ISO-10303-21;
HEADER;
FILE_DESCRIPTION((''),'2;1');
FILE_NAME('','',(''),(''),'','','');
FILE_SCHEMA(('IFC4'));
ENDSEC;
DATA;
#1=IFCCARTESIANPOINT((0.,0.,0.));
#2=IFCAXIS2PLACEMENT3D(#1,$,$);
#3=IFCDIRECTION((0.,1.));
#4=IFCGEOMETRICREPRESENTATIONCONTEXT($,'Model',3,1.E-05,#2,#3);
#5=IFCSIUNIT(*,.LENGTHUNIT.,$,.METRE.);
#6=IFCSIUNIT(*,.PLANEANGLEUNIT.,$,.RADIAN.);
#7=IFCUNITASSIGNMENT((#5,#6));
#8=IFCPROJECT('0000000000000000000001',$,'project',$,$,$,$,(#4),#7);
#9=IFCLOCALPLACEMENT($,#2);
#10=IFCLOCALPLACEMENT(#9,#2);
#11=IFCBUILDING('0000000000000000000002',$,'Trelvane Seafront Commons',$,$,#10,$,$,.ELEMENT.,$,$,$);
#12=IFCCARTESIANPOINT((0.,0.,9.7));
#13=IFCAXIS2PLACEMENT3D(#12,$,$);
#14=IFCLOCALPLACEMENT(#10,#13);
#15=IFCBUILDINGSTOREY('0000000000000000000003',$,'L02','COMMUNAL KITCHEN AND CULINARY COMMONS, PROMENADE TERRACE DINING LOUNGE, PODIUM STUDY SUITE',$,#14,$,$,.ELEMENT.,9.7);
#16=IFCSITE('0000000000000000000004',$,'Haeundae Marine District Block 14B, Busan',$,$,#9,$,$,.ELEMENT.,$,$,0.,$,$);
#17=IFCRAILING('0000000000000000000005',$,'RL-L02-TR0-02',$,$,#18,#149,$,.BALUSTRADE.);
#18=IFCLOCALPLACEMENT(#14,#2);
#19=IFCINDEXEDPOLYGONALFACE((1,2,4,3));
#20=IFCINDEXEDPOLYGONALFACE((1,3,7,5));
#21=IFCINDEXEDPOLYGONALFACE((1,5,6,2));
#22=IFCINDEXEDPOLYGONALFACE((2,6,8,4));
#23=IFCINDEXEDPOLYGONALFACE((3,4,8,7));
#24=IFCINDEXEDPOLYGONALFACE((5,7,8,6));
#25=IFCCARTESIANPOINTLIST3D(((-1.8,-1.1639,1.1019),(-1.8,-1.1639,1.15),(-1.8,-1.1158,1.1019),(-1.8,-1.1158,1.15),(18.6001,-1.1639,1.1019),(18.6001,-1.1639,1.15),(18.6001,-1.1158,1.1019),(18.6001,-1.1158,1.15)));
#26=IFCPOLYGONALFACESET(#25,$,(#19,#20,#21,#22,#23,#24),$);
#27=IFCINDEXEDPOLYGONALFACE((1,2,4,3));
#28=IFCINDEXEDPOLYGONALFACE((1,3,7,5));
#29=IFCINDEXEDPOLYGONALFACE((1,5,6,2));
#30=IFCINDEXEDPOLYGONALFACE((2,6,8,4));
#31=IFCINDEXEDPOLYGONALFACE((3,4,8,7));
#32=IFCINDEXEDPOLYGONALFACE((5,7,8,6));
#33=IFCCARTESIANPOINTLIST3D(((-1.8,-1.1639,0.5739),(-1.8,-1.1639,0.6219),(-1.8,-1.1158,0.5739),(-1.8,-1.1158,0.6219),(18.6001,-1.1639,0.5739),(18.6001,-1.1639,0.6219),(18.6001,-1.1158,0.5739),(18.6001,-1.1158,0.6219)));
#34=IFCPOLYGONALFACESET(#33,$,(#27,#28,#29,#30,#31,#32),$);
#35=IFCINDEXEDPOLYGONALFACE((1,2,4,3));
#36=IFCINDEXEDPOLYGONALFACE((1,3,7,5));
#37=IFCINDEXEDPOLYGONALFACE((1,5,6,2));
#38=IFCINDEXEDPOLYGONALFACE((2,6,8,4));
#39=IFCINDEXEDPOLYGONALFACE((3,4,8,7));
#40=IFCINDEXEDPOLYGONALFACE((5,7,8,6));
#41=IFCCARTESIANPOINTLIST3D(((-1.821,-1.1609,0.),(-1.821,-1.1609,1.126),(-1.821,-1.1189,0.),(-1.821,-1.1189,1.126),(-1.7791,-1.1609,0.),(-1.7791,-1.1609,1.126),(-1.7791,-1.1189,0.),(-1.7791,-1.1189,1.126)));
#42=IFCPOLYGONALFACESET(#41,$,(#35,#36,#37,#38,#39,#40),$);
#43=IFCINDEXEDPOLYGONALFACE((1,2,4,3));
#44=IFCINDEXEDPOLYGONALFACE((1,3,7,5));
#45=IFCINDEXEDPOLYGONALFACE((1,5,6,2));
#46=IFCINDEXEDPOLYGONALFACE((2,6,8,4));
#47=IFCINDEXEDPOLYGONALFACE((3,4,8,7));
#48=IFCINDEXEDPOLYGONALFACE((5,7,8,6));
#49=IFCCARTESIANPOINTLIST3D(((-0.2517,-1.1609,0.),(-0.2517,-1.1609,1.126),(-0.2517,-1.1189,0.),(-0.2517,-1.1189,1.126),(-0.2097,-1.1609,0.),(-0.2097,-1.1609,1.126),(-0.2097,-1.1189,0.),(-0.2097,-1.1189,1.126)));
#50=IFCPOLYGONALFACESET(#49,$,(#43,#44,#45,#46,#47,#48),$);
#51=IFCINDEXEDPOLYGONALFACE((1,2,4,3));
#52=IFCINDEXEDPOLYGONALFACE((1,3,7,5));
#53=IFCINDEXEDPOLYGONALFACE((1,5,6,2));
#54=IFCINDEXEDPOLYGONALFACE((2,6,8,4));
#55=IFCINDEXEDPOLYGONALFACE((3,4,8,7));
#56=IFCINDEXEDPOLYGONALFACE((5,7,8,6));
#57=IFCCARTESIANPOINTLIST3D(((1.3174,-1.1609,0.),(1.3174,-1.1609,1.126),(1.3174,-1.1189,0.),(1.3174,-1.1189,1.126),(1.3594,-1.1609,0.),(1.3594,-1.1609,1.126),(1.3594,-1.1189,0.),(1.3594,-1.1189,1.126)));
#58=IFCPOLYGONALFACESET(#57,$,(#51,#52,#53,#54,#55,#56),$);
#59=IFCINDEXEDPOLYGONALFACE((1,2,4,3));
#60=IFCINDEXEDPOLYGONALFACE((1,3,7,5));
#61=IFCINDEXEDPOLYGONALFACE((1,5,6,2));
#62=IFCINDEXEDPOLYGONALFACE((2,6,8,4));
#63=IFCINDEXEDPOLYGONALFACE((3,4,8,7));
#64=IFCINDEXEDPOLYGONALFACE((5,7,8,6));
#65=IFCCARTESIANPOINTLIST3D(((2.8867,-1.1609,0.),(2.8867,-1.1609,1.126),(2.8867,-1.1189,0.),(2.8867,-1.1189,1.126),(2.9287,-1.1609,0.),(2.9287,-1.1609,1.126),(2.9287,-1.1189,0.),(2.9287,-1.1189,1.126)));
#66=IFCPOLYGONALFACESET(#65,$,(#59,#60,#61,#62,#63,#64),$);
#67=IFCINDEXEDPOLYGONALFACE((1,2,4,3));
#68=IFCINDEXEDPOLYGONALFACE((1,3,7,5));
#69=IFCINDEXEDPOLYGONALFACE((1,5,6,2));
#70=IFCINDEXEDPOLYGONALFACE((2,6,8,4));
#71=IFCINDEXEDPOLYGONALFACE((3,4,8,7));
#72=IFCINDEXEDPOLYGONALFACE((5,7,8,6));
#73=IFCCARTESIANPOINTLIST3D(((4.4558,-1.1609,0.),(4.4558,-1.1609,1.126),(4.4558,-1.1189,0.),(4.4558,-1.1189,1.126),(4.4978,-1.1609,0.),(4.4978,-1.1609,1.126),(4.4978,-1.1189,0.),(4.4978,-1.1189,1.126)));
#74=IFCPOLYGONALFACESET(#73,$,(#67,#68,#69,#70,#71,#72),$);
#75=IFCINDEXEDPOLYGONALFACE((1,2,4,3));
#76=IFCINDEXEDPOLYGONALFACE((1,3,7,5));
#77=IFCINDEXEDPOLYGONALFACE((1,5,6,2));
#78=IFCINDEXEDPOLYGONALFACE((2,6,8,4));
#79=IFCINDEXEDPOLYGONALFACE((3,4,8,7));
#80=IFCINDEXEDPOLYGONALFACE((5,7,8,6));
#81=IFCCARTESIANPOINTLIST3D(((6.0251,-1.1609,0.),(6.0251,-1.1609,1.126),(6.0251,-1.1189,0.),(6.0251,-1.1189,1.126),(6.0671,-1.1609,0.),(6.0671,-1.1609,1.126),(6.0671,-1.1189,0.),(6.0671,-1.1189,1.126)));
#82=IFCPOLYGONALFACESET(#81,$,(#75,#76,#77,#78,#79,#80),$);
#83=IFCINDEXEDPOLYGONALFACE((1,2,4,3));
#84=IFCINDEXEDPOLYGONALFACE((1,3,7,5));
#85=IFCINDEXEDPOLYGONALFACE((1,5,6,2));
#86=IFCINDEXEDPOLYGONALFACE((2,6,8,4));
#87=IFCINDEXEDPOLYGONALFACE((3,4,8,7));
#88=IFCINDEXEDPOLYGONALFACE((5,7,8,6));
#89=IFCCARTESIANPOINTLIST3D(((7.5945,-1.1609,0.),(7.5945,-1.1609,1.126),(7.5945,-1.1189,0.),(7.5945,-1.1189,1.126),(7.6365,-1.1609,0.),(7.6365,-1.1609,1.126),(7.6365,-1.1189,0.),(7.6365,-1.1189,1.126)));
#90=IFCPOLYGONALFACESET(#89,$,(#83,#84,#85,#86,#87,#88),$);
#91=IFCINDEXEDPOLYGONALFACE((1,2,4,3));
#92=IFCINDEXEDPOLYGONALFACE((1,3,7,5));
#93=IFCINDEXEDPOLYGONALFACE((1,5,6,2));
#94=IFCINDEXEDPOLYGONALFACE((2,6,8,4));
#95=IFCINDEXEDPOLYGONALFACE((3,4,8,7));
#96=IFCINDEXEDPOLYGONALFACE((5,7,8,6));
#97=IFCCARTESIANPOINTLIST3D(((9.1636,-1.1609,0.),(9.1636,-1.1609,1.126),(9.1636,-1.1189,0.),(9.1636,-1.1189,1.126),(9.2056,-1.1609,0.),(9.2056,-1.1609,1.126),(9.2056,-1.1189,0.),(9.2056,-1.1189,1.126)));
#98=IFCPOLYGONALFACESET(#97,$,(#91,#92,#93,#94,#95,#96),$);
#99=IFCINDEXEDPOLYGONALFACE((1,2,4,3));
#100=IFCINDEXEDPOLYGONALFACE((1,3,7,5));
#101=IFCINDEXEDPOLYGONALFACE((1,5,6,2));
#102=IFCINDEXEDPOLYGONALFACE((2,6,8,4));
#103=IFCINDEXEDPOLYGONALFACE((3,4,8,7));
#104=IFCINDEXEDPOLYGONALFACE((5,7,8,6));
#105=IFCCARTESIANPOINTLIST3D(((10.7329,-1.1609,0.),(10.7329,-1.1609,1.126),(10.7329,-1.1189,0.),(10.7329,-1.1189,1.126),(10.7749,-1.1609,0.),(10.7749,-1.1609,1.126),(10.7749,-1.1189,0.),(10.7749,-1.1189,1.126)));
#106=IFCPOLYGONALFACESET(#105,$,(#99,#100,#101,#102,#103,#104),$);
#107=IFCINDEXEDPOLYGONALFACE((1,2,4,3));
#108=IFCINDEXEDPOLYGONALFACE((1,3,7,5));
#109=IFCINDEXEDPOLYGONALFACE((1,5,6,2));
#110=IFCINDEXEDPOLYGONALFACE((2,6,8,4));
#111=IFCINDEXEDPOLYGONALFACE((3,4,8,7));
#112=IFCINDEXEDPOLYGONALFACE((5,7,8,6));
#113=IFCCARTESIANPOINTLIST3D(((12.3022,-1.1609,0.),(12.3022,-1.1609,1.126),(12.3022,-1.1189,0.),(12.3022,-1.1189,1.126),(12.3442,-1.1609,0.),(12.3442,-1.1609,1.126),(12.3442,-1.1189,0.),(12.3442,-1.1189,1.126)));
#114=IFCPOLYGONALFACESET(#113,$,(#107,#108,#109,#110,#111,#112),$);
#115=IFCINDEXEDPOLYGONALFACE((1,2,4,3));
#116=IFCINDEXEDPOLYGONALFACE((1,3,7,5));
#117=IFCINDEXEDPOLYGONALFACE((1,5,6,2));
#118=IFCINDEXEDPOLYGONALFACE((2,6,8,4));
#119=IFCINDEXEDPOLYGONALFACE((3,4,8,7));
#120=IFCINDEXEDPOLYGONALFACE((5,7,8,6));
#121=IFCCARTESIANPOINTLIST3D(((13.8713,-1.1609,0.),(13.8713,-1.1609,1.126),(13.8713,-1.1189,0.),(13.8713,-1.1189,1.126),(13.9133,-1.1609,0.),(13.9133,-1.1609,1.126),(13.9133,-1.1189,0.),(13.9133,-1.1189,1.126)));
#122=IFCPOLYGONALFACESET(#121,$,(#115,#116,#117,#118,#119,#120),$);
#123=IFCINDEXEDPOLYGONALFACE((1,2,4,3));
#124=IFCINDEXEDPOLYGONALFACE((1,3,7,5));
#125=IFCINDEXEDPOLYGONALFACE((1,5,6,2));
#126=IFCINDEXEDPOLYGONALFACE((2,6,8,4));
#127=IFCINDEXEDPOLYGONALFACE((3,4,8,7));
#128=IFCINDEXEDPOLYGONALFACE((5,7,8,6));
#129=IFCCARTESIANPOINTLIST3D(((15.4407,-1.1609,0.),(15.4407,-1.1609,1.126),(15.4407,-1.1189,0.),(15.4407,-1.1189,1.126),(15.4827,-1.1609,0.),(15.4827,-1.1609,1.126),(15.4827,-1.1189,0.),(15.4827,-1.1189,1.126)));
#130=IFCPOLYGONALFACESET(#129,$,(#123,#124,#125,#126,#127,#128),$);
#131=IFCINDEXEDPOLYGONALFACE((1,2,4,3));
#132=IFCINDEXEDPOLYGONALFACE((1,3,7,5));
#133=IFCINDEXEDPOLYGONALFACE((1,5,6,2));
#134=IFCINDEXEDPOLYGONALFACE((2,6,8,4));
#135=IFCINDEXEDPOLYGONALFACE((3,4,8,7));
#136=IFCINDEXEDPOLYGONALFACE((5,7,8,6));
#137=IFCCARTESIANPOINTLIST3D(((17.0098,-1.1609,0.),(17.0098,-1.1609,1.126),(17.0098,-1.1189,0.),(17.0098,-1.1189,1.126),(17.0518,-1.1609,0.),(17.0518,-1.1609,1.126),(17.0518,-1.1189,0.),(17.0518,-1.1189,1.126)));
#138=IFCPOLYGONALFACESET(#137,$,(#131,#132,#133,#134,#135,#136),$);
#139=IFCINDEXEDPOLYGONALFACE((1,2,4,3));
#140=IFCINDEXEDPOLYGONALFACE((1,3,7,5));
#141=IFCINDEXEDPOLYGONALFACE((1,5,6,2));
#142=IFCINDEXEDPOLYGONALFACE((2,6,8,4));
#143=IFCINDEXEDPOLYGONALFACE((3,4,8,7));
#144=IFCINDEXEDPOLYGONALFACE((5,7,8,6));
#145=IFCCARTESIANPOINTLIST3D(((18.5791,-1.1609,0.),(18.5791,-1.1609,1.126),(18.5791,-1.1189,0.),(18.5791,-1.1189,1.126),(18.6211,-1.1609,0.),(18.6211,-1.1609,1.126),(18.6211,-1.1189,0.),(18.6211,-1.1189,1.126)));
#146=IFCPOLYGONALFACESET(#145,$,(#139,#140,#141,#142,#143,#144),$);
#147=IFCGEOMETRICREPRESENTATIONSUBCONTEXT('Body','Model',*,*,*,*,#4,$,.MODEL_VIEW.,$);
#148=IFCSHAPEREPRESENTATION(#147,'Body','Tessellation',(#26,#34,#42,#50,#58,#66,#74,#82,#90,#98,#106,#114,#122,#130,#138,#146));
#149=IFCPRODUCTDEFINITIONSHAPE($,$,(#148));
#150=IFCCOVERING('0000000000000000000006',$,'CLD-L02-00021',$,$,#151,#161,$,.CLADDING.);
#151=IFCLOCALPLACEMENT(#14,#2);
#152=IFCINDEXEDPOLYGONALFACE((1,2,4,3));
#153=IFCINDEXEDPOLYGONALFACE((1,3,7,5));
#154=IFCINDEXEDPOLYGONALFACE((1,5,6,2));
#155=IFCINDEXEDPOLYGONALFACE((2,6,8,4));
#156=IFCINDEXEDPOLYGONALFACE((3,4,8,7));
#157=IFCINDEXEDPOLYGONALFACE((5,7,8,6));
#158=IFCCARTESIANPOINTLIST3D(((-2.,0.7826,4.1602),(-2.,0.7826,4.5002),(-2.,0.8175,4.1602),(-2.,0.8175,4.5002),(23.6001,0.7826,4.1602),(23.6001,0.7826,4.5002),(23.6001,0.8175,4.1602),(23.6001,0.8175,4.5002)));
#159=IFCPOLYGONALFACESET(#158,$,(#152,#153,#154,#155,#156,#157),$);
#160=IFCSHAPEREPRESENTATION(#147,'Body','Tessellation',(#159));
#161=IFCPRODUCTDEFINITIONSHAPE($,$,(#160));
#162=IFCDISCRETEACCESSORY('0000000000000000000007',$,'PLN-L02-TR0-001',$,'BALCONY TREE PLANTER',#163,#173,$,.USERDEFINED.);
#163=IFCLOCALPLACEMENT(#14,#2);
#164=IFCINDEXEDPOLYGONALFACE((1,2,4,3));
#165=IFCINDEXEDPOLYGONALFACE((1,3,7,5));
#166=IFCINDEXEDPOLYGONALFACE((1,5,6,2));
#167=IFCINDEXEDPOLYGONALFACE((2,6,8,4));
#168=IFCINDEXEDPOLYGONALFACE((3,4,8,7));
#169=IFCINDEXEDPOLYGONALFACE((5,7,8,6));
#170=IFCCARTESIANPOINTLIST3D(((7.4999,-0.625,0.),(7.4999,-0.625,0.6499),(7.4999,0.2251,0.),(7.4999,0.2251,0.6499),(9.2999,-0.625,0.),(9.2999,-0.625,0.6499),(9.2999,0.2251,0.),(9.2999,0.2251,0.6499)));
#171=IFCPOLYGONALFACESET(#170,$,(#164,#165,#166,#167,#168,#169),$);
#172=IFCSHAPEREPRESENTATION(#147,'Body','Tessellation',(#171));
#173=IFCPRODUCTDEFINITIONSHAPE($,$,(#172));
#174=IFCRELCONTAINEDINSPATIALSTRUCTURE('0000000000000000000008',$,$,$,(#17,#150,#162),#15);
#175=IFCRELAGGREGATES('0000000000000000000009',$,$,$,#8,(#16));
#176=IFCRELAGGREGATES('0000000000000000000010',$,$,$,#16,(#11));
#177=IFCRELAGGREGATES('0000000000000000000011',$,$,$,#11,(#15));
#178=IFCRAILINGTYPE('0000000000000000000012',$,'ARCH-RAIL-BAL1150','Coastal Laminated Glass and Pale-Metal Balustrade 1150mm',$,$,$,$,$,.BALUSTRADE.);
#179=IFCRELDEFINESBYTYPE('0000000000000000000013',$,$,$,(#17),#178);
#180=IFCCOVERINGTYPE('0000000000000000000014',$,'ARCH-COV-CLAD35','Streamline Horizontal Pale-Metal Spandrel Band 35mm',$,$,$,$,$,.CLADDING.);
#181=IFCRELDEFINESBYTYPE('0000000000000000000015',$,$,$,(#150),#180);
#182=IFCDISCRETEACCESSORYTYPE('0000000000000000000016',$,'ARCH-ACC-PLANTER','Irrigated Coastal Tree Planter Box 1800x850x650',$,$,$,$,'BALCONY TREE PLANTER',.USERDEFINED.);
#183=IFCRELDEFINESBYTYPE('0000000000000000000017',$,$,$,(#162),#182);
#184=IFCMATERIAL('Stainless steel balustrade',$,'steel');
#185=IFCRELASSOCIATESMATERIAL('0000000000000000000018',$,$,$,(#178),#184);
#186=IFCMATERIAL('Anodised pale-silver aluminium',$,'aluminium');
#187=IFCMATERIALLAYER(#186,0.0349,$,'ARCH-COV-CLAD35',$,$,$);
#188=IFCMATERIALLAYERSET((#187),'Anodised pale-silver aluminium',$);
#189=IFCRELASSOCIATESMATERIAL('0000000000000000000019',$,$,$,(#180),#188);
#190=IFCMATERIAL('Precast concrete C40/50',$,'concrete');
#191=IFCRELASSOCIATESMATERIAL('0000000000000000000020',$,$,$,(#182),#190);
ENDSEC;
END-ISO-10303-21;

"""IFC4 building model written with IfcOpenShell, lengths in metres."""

from ifc_helpers import new_model, si_unit, direction, frame, origin, origin_2d, place, context, subcontext, project, spatial, rectangle, extrude, source, transform, mapped, material, layer, layer_set, type_object, element, save


model = new_model("IFC4")

# Units and contexts
model_context = context("Model", 3, precision=1e-05, world=origin(), true_north=direction((0.0, 1.0)))
body_context = subcontext(model_context, "Body", "Model", "MODEL_VIEW")
ifc_project = project(units=[si_unit("LENGTHUNIT", "METRE"), si_unit("PLANEANGLEUNIT", "RADIAN")], contexts=[model_context])

# Site, building, storey
site_placement = place(None, origin())
site = spatial("IfcSite", under=ifc_project, at=site_placement, Name="Haeundae Marine District Block 14B, Busan", CompositionType="ELEMENT", RefElevation=0.0)
building_placement = place(site_placement, origin())
building = spatial("IfcBuilding", under=site, at=building_placement, Name="Trelvane Seafront Commons", CompositionType="ELEMENT")
storey_placement = place(building_placement, frame((0.0, 0.0, 9.7)))
storey = spatial("IfcBuildingStorey", under=building, at=storey_placement, Name="L02", Description="COMMUNAL KITCHEN AND CULINARY COMMONS, PROMENADE TERRACE DINING LOUNGE, PODIUM STUDY SUITE", CompositionType="ELEMENT", Elevation=9.7)

# Shared definitions
ifc_material_1 = material(Name="Precast concrete C40/50", Category="concrete")

# Railing
ifc_material_2 = material(Name="Stainless steel balustrade", Category="steel")
railing_type = type_object("IfcRailingType", Name="ARCH-RAIL-BAL1150", Description="Coastal Laminated Glass and Pale-Metal Balustrade 1150mm", PredefinedType="BALUSTRADE", material=ifc_material_2)
railing_1_placement = place(storey_placement, frame((-1.8, -1.1399, 0.0)))
element("IfcRailing", 1, at=railing_1_placement, inside=storey, type_object=railing_type, Name="RL-L02-TR0-02", PredefinedType="BALUSTRADE", context=body_context, shape_type="SweptSolid", body=[
    extrude(rectangle(XDim=0.0481, YDim=0.0481, at=origin_2d()), frame((0.0, 0.0, 1.126), z_axis=(1.0, 0.0, 0.0), x_axis=(0.0, 1.0, 0.0)), (0.0, 0.0, 1.0), 20.4001),
    extrude(rectangle(XDim=0.0481, YDim=0.0481, at=origin_2d()), frame((0.0, 0.0, 0.5979), z_axis=(1.0, 0.0, 0.0), x_axis=(0.0, 1.0, 0.0)), (0.0, 0.0, 1.0), 20.4001),
    extrude(rectangle(XDim=0.042, YDim=0.042, at=origin_2d()), origin(), (0.0, 0.0, 1.0), 1.126),
    extrude(rectangle(XDim=0.042, YDim=0.042, at=origin_2d()), frame((1.5693, 0.0, 0.0)), (0.0, 0.0, 1.0), 1.126),
    extrude(rectangle(XDim=0.042, YDim=0.042, at=origin_2d()), frame((3.1384, 0.0, 0.0)), (0.0, 0.0, 1.0), 1.126),
    extrude(rectangle(XDim=0.042, YDim=0.042, at=origin_2d()), frame((4.7078, 0.0, 0.0)), (0.0, 0.0, 1.0), 1.126),
    extrude(rectangle(XDim=0.042, YDim=0.042, at=origin_2d()), frame((6.2769, 0.0, 0.0)), (0.0, 0.0, 1.0), 1.126),
    extrude(rectangle(XDim=0.042, YDim=0.042, at=origin_2d()), frame((7.8462, 0.0, 0.0)), (0.0, 0.0, 1.0), 1.126),
    extrude(rectangle(XDim=0.042, YDim=0.042, at=origin_2d()), frame((9.4155, 0.0, 0.0)), (0.0, 0.0, 1.0), 1.126),
    extrude(rectangle(XDim=0.042, YDim=0.042, at=origin_2d()), frame((10.9846, 0.0, 0.0)), (0.0, 0.0, 1.0), 1.126),
    extrude(rectangle(XDim=0.042, YDim=0.042, at=origin_2d()), frame((12.554, 0.0, 0.0)), (0.0, 0.0, 1.0), 1.126),
    extrude(rectangle(XDim=0.042, YDim=0.042, at=origin_2d()), frame((14.1233, 0.0, 0.0)), (0.0, 0.0, 1.0), 1.126),
    extrude(rectangle(XDim=0.042, YDim=0.042, at=origin_2d()), frame((15.6924, 0.0, 0.0)), (0.0, 0.0, 1.0), 1.126),
    extrude(rectangle(XDim=0.042, YDim=0.042, at=origin_2d()), frame((17.2617, 0.0, 0.0)), (0.0, 0.0, 1.0), 1.126),
    extrude(rectangle(XDim=0.042, YDim=0.042, at=origin_2d()), frame((18.8308, 0.0, 0.0)), (0.0, 0.0, 1.0), 1.126),
    extrude(rectangle(XDim=0.042, YDim=0.042, at=origin_2d()), frame((20.4001, 0.0, 0.0)), (0.0, 0.0, 1.0), 1.126),
])

# Covering
ifc_material_3 = material(Name="Anodised pale-silver aluminium", Category="aluminium")
ifc_layer_1 = layer(ifc_material_3, 0.0349, Name="ARCH-COV-CLAD35")
ifc_layer_set_1 = layer_set([ifc_layer_1], Name="Anodised pale-silver aluminium")
covering_type_1 = type_object("IfcCoveringType", Name="ARCH-COV-CLAD35", Description="Streamline Horizontal Pale-Metal Spandrel Band 35mm", PredefinedType="CLADDING", material=ifc_layer_set_1)
shared_shape_1 = source(origin(), body_context, "Body", "SweptSolid", [
    extrude(rectangle(XDim=25.6001, YDim=0.0349, at=origin_2d()), origin(), (0.0, 0.0, 1.0), 0.3401),
])
covering_1_placement = place(storey_placement, frame((10.8, 0.8, 4.1602), z_axis=(0.0, 0.0, 1.0), x_axis=(-1.0, 0.0, 0.0)))
element("IfcCovering", 2, at=covering_1_placement, inside=storey, type_object=covering_type_1, Name="CLD-L02-00021", PredefinedType="CLADDING", context=body_context, shape_type="MappedRepresentation", body=[
    mapped(shared_shape_1, transform((0.0, 0.0, 0.0), x_axis=(1.0, 0.0, 0.0), y_axis=(0.0, 1.0, 0.0), z_axis=(0.0, 0.0, 1.0), scale=1.0)),
])

# Discrete accessory
discrete_accessory_type = type_object("IfcDiscreteAccessoryType", Name="ARCH-ACC-PLANTER", Description="Irrigated Coastal Tree Planter Box 1800x850x650", ElementType="BALCONY TREE PLANTER", PredefinedType="USERDEFINED", material=ifc_material_1)
shared_shape_2 = source(origin(), body_context, "Body", "SweptSolid", [
    extrude(rectangle(XDim=1.8, YDim=0.8501, at=origin_2d()), origin(), (0.0, 0.0, 1.0), 0.6499),
])
discrete_accessory_placement = place(storey_placement, frame((8.3999, -0.2, 0.0), z_axis=(0.0, 0.0, 1.0), x_axis=(1.0, 0.0, 0.0)))
element("IfcDiscreteAccessory", 3, at=discrete_accessory_placement, inside=storey, type_object=discrete_accessory_type, Name="PLN-L02-TR0-001", ObjectType="BALCONY TREE PLANTER", PredefinedType="USERDEFINED", context=body_context, shape_type="MappedRepresentation", body=[
    mapped(shared_shape_2, transform((0.0, 0.0, 0.0), x_axis=(1.0, 0.0, 0.0), y_axis=(0.0, 1.0, 0.0), z_axis=(0.0, 0.0, 1.0), scale=1.0)),
])

save(model, "model.ifc")
